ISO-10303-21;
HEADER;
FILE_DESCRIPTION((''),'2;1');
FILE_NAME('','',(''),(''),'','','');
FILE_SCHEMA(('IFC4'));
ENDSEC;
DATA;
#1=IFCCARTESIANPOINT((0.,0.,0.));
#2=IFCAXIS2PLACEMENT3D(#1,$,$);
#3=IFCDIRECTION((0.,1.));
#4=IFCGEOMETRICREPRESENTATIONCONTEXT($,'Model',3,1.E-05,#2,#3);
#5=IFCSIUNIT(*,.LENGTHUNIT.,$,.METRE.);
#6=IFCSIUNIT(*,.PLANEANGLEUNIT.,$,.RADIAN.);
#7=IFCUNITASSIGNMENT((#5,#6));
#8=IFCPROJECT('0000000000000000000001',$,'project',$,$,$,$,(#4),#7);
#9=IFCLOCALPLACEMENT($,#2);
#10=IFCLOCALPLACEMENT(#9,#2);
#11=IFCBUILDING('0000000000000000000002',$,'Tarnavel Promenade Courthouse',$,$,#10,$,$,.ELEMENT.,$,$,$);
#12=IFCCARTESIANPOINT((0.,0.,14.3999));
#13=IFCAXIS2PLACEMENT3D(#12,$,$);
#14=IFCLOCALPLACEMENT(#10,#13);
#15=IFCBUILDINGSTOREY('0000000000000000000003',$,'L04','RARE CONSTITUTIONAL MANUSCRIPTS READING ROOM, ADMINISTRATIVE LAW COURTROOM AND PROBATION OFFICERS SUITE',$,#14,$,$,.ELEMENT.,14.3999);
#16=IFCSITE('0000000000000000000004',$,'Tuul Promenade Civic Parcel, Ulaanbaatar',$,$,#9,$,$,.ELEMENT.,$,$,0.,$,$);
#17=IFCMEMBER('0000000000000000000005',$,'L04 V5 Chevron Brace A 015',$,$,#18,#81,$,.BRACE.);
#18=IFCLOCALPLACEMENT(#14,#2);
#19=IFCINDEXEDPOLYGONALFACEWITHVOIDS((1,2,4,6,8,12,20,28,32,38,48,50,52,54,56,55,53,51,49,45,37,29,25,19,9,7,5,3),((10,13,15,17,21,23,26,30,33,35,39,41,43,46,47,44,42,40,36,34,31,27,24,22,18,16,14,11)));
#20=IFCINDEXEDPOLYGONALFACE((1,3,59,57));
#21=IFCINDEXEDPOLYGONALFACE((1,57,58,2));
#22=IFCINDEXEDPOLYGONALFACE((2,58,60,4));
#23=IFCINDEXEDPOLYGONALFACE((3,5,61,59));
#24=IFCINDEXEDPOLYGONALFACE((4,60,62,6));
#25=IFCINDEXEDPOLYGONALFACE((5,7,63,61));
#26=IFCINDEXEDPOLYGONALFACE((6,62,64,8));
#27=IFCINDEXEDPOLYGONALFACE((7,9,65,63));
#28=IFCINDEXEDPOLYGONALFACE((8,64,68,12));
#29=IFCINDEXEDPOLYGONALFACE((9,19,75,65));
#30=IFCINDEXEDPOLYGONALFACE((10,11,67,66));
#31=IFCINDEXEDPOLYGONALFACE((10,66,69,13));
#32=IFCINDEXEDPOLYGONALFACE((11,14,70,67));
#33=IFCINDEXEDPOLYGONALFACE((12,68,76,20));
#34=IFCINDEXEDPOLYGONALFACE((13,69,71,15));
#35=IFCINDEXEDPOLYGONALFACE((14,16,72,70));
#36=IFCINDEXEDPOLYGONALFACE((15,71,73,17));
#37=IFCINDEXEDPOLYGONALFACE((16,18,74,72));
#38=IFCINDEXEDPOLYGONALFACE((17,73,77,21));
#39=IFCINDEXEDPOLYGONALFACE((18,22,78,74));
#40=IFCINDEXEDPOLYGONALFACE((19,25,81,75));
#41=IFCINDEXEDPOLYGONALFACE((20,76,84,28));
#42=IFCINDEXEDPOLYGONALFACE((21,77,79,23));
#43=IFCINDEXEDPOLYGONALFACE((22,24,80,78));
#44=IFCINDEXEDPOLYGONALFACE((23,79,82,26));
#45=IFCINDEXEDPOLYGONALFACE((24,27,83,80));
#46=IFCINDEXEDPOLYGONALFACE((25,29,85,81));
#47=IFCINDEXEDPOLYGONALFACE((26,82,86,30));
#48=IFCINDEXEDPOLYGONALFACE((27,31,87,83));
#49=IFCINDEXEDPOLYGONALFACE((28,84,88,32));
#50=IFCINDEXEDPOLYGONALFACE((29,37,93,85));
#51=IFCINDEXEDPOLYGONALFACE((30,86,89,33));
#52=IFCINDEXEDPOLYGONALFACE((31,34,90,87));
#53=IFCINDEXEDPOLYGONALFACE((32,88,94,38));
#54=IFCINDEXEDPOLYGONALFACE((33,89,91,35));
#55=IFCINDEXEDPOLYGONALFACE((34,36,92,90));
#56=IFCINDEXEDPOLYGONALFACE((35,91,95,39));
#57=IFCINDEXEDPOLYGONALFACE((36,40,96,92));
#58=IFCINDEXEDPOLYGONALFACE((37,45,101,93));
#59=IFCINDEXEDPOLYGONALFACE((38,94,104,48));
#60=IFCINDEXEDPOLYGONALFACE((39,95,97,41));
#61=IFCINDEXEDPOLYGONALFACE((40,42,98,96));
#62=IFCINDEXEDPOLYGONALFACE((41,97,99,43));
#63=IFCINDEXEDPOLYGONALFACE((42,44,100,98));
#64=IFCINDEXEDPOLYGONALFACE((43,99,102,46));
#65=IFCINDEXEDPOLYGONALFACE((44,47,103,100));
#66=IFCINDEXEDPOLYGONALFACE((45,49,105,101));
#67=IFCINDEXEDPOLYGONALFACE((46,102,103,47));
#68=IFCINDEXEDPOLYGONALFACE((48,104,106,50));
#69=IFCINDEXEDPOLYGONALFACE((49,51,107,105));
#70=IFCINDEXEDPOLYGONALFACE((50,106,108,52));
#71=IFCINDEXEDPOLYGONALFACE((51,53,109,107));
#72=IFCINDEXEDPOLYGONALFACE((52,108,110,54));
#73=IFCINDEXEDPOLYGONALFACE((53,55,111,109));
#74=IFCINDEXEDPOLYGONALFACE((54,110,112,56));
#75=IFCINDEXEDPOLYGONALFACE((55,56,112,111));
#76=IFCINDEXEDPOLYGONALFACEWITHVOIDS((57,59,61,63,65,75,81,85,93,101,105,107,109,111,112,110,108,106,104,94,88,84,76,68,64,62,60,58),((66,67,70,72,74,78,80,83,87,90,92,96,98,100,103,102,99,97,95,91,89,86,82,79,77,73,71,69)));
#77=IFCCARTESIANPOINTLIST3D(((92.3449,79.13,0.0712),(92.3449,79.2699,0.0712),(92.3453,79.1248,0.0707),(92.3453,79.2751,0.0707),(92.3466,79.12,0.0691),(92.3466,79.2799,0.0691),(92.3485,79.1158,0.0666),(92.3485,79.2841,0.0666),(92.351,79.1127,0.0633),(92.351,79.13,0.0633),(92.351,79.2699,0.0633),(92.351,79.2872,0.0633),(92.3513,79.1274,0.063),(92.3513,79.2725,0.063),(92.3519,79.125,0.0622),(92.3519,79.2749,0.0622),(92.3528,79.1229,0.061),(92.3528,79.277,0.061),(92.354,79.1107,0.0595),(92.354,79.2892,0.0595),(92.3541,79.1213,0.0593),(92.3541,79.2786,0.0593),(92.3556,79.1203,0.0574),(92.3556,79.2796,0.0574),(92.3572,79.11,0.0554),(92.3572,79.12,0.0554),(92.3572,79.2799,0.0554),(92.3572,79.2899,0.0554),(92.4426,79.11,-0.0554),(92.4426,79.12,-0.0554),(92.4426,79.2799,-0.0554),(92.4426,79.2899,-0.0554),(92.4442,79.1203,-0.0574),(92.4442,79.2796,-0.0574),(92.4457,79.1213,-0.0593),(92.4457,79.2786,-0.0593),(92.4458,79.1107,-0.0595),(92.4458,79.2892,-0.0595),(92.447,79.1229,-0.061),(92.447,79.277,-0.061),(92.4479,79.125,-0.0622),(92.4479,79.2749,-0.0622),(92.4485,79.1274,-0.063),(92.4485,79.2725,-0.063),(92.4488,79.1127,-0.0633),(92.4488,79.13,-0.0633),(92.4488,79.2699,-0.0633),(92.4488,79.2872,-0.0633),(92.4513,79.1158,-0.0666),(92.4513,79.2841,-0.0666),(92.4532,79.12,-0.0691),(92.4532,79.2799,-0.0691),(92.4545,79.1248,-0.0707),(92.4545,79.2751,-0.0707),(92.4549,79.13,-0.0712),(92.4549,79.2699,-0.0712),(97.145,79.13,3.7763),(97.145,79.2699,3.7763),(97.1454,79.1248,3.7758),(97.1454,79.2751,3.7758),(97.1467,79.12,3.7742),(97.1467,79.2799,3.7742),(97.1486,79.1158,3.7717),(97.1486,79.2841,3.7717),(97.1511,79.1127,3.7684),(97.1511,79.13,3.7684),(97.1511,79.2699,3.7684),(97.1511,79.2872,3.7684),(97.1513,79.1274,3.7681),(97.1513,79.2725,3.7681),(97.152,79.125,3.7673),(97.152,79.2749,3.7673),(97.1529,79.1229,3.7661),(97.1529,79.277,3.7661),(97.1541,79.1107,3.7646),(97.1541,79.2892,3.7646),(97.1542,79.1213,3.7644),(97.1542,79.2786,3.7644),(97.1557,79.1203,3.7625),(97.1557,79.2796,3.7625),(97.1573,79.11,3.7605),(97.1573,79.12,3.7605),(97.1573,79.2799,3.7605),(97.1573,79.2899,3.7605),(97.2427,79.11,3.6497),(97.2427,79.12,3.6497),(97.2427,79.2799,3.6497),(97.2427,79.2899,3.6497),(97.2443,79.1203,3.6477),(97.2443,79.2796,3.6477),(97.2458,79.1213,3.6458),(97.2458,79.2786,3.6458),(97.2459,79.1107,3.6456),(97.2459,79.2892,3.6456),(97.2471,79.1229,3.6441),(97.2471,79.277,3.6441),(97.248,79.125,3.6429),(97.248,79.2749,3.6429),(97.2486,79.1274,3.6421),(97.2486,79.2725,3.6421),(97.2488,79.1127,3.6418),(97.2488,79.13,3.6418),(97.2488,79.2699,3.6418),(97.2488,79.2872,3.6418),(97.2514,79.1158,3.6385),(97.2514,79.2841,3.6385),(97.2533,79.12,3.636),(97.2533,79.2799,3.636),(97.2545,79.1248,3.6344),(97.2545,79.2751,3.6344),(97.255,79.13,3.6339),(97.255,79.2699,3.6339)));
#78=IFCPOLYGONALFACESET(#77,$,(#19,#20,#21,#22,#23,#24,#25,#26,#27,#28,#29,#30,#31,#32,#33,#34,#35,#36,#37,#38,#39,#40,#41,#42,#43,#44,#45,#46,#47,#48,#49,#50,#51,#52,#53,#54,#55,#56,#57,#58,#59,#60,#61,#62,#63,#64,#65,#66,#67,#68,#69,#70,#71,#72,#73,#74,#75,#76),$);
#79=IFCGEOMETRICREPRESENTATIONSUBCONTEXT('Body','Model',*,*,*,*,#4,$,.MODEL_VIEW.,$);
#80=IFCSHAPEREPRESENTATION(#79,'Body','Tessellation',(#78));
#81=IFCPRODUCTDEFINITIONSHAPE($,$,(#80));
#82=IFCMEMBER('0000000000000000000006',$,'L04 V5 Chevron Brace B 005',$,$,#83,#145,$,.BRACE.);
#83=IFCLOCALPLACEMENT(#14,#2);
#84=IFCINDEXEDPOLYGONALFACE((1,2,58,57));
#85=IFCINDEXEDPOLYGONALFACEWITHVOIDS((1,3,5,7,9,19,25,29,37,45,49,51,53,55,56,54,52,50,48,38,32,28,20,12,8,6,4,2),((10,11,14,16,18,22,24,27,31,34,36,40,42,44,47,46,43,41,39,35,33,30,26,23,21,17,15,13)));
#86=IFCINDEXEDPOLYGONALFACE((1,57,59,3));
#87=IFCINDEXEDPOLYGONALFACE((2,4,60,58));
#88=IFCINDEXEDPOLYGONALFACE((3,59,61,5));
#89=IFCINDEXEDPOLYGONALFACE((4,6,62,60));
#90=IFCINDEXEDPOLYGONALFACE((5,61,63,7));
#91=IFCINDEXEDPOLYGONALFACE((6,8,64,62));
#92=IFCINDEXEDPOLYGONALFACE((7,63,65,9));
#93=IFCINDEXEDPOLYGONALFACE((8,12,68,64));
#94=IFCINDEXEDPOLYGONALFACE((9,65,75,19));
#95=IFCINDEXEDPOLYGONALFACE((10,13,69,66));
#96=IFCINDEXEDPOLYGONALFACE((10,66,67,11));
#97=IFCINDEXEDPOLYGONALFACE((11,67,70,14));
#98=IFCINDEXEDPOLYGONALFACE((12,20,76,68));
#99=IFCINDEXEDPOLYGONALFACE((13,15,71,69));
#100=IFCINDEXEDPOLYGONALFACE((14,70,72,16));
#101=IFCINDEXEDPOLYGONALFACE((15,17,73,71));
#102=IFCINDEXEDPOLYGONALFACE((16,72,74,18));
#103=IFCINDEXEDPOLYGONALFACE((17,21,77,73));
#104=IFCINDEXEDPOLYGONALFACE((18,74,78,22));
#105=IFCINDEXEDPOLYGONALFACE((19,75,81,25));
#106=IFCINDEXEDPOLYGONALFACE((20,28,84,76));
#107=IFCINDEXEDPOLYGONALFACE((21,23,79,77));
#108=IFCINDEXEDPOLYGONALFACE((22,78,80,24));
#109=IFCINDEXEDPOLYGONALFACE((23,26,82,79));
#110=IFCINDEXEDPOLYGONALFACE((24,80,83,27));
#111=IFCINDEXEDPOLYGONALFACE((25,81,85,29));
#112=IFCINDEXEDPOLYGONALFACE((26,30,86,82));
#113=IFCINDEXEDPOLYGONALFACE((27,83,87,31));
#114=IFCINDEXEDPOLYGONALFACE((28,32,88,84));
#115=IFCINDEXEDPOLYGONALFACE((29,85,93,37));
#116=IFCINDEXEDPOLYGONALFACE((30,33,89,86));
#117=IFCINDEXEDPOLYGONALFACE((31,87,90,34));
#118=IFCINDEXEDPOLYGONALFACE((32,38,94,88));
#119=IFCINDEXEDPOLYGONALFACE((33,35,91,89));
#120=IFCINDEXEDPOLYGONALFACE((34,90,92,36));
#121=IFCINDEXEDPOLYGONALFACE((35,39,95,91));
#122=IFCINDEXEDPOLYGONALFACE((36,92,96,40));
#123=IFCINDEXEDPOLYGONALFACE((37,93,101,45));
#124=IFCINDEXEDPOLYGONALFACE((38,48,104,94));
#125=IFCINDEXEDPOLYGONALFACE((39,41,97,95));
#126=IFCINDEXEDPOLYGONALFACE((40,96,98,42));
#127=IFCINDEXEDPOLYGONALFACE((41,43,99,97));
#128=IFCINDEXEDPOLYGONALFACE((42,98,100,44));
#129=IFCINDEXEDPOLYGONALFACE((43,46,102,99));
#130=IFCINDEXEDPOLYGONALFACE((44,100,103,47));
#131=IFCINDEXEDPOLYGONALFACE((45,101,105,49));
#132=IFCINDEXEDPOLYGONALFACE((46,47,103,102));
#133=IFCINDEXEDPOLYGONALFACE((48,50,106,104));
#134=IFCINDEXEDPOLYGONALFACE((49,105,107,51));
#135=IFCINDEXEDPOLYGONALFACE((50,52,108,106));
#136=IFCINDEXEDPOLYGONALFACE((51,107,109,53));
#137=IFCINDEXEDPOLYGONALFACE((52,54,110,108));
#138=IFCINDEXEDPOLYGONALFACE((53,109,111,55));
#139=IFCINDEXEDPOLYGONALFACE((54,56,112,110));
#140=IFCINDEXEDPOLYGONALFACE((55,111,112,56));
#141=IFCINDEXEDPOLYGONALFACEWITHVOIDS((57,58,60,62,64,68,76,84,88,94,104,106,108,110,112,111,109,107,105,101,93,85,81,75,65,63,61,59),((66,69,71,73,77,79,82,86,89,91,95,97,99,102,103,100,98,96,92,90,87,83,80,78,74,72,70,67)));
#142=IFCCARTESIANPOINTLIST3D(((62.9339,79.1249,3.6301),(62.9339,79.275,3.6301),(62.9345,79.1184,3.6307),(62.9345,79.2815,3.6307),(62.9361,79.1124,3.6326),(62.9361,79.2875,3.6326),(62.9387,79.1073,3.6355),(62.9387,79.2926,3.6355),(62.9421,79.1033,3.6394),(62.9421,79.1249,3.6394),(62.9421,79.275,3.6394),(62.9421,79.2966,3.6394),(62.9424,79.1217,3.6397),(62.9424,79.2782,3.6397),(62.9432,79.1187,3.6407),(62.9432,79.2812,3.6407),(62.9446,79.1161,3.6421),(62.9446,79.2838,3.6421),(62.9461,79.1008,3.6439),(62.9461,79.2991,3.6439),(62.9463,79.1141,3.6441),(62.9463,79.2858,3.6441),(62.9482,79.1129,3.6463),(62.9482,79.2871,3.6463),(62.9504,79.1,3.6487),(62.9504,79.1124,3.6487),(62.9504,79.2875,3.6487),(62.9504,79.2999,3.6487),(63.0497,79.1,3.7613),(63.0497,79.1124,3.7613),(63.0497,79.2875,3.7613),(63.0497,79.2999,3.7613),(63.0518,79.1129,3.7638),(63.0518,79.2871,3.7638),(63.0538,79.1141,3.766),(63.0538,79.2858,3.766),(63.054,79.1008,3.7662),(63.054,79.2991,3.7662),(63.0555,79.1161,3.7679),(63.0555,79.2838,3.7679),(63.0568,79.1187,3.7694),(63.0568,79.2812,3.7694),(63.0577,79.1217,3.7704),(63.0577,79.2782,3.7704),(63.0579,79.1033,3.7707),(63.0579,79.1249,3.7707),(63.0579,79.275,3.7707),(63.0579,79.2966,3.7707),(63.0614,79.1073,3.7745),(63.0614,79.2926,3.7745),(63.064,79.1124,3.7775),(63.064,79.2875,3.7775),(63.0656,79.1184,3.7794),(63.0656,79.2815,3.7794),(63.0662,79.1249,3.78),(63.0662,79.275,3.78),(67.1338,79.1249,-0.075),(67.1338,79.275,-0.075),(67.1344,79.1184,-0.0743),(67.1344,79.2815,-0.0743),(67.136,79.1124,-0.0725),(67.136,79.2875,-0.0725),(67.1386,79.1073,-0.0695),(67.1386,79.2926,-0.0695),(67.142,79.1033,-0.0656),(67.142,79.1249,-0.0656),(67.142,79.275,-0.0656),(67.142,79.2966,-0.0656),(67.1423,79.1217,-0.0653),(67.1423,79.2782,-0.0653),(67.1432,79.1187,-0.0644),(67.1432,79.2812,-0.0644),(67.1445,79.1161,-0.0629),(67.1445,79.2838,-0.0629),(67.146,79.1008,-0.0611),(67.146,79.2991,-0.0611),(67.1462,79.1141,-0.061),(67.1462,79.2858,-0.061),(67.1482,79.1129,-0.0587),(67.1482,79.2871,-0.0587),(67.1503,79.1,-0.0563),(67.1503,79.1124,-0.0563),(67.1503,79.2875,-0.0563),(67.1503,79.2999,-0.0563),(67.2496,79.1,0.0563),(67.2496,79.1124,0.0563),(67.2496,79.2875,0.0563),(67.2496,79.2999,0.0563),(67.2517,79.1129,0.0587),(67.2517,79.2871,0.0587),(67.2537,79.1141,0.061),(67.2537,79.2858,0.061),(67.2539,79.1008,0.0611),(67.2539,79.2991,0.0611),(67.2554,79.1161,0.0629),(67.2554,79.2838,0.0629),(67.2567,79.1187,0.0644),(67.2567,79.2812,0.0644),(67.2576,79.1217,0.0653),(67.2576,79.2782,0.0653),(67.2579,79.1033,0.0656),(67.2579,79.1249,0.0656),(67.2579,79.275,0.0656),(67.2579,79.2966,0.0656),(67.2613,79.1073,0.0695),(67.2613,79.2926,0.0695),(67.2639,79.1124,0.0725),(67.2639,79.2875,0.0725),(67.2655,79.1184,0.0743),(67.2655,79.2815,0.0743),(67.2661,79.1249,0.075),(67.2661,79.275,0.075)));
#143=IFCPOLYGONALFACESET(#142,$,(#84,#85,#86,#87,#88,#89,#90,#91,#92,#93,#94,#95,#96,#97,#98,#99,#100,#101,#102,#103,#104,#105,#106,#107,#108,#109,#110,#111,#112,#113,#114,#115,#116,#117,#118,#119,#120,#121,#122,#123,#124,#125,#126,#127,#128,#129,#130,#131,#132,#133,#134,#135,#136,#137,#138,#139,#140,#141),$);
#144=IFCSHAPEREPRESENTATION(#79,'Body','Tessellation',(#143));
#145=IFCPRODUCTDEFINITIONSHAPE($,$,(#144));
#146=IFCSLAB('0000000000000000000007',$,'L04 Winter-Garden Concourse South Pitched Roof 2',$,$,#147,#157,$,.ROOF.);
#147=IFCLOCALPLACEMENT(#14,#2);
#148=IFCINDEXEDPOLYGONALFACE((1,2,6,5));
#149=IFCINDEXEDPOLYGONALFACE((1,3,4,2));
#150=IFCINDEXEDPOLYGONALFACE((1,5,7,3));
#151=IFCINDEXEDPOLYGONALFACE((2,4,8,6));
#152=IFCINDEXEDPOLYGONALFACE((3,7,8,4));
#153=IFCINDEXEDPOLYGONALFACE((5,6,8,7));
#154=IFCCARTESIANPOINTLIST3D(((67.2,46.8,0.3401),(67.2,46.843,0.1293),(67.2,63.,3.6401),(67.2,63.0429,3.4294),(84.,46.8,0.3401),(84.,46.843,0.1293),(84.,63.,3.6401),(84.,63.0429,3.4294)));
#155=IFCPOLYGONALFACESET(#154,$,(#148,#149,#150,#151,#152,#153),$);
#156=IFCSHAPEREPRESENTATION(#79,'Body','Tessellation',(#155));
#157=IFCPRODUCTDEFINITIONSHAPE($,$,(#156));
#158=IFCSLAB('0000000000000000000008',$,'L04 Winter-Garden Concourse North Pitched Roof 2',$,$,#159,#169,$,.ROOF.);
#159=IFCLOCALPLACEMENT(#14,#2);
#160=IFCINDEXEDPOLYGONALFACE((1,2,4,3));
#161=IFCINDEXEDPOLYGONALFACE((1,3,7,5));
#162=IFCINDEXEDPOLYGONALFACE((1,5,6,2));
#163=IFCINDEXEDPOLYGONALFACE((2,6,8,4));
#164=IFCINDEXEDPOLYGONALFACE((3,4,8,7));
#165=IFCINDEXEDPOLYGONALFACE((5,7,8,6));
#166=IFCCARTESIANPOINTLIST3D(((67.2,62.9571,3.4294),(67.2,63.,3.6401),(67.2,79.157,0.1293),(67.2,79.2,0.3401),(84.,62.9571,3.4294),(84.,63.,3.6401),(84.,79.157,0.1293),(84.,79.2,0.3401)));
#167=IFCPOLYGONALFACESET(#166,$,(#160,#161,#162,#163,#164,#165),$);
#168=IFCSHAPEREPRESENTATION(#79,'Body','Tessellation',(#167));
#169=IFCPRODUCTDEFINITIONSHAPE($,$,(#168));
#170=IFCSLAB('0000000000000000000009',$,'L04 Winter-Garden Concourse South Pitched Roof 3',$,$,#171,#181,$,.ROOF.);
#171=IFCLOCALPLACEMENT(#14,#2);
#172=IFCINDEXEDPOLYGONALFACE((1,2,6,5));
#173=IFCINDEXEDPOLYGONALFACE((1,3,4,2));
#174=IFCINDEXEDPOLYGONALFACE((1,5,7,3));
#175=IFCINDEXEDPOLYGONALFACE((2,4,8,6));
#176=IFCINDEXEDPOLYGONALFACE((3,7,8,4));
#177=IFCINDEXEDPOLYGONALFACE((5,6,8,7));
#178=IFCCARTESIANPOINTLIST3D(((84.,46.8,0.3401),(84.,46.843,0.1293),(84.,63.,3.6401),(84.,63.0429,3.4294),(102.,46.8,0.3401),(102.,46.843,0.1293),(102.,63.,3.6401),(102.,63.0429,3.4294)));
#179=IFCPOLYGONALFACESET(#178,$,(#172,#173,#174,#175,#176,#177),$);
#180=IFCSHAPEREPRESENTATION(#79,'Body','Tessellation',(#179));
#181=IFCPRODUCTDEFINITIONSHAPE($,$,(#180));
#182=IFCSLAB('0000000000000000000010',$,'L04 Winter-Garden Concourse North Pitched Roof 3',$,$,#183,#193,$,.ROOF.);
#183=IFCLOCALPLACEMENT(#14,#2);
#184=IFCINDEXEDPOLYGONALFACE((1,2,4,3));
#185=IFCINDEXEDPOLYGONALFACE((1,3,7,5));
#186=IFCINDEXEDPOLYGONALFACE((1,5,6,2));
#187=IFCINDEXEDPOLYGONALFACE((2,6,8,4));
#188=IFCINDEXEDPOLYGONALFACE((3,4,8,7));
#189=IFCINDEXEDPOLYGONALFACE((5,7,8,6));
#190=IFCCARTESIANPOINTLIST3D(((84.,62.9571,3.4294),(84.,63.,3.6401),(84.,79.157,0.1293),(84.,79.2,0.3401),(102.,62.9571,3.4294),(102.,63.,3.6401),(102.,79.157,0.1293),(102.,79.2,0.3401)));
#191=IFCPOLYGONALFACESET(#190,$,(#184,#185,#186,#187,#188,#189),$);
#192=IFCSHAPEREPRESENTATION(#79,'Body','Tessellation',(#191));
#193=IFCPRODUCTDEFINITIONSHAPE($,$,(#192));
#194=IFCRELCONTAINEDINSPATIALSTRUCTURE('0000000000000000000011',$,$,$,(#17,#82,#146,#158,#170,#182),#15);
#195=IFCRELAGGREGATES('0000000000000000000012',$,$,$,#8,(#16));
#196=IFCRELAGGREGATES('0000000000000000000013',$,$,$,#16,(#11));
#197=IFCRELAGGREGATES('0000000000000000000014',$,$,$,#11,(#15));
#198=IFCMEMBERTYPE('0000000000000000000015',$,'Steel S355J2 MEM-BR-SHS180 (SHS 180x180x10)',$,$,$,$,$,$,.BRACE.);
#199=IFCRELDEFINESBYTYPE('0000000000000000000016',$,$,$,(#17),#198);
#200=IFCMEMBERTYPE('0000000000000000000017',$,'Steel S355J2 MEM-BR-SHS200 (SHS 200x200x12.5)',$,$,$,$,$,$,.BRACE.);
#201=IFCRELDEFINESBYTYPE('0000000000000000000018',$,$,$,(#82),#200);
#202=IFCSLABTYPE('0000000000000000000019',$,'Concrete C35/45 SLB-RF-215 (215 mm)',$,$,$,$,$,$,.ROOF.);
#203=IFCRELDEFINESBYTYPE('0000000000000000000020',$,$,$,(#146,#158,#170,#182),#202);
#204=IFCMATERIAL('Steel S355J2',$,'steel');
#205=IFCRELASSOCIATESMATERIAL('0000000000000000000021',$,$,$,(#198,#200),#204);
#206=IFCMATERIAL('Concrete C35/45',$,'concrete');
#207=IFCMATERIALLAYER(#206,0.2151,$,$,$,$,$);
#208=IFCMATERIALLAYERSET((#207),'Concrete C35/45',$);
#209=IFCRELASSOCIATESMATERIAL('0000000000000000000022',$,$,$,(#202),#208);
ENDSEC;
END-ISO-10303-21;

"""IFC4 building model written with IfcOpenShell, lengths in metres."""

from ifc_helpers import new_model, si_unit, direction, frame, origin, origin_2d, place, context, subcontext, project, spatial, polyline, hollow_rectangle, outline, extrude, material, layer, layer_set, material_profile, profile_set, type_object, element, save


model = new_model("IFC4")

# Units and contexts
model_context = context("Model", 3, precision=1e-05, world=origin(), true_north=direction((0.0, 1.0)))
body_context = subcontext(model_context, "Body", "Model", "MODEL_VIEW")
ifc_project = project(units=[si_unit("LENGTHUNIT", "METRE"), si_unit("PLANEANGLEUNIT", "RADIAN")], contexts=[model_context])

# Site, building, storey
site_placement = place(None, origin())
site = spatial("IfcSite", under=ifc_project, at=site_placement, Name="Tuul Promenade Civic Parcel, Ulaanbaatar", CompositionType="ELEMENT", RefElevation=0.0)
building_placement = place(site_placement, origin())
building = spatial("IfcBuilding", under=site, at=building_placement, Name="Tarnavel Promenade Courthouse", CompositionType="ELEMENT")
storey_placement = place(building_placement, frame((0.0, 0.0, 14.3999)))
storey = spatial("IfcBuildingStorey", under=building, at=storey_placement, Name="L04", Description="RARE CONSTITUTIONAL MANUSCRIPTS READING ROOM, ADMINISTRATIVE LAW COURTROOM AND PROBATION OFFICERS SUITE", CompositionType="ELEMENT", Elevation=14.3999)

# Members
ifc_material_1 = material(Name="Steel S355J2", Category="steel")
ifc_material_profile_1 = material_profile(ifc_material_1, hollow_rectangle(XDim=0.1799, YDim=0.1799, WallThickness=0.01, InnerFilletRadius=0.01, OuterFilletRadius=0.02, at=origin_2d()), Name="SHS 180x180x10")
ifc_profile_set_1 = profile_set([ifc_material_profile_1], Name="Steel S355J2")
member_type_1 = type_object("IfcMemberType", Name="Steel S355J2 MEM-BR-SHS180 (SHS 180x180x10)", PredefinedType="BRACE", material=ifc_profile_set_1)
member_1_placement = place(storey_placement, frame((92.3999, 79.2, 0.0), z_axis=(0.791608, 0.0, 0.611029), x_axis=(0.0, 1.0, 0.0)))
element("IfcMember", 1, at=member_1_placement, inside=storey, type_object=member_type_1, Name="L04 V5 Chevron Brace A 015", PredefinedType="BRACE", context=body_context, shape_type="SweptSolid", body=[
    extrude(hollow_rectangle(XDim=0.1799, YDim=0.1799, WallThickness=0.01, InnerFilletRadius=0.01, OuterFilletRadius=0.02, at=origin_2d()), origin(), (0.0, 0.0, 1.0), 6.0637),
])
ifc_material_profile_2 = material_profile(ifc_material_1, hollow_rectangle(XDim=0.2, YDim=0.2, WallThickness=0.0125, InnerFilletRadius=0.0125, OuterFilletRadius=0.0249, at=origin_2d()), Name="SHS 200x200x12.5")
ifc_profile_set_2 = profile_set([ifc_material_profile_2], Name="Steel S355J2")
member_type_2 = type_object("IfcMemberType", Name="Steel S355J2 MEM-BR-SHS200 (SHS 200x200x12.5)", PredefinedType="BRACE", material=ifc_profile_set_2)
member_2_placement = place(storey_placement, frame((67.2, 79.2, 0.0), z_axis=(-0.749905, 0.0, 0.661545), x_axis=(0.0, -1.0, 0.0)))
element("IfcMember", 2, at=member_2_placement, inside=storey, type_object=member_type_2, Name="L04 V5 Chevron Brace B 005", PredefinedType="BRACE", context=body_context, shape_type="SweptSolid", body=[
    extrude(hollow_rectangle(XDim=0.2, YDim=0.2, WallThickness=0.0125, InnerFilletRadius=0.0125, OuterFilletRadius=0.0249, at=origin_2d()), origin(), (0.0, 0.0, 1.0), 5.6006),
])

# Slabs
ifc_material_2 = material(Name="Concrete C35/45", Category="concrete")
ifc_layer_1 = layer(ifc_material_2, 0.2151)
ifc_layer_set_1 = layer_set([ifc_layer_1], Name="Concrete C35/45")
slab_type = type_object("IfcSlabType", Name="Concrete C35/45 SLB-RF-215 (215 mm)", PredefinedType="ROOF", material=ifc_layer_set_1)
for number, where, z_axis, x_axis, name in (
    (3, (67.2, 46.8, 0.3401), (0.0, -0.199608, 0.979876), (1.0, 0.0, 0.0), "L04 Winter-Garden Concourse South Pitched Roof 2"),
    (4, (67.2, 63.0, 3.6401), (0.0, 0.199608, 0.979876), (1.0, 0.0, 0.0), "L04 Winter-Garden Concourse North Pitched Roof 2"),
):
    element("IfcSlab", number, at=place(storey_placement, frame(where, z_axis=z_axis, x_axis=x_axis)), inside=storey, type_object=slab_type, Name=name, PredefinedType="ROOF", context=body_context, shape_type="SweptSolid", body=[
        extrude(outline(polyline([(0.0, 0.0), (16.8, 0.0), (16.8, 16.5327), (0.0, 16.5327), (0.0, 0.0)])), origin(), (0.0, 0.0, -1.0), 0.2151),
    ])
for number, where, z_axis, x_axis, name in (
    (5, (84.0, 46.8, 0.3401), (0.0, -0.199608, 0.979876), (1.0, 0.0, 0.0), "L04 Winter-Garden Concourse South Pitched Roof 3"),
    (6, (84.0, 63.0, 3.6401), (0.0, 0.199608, 0.979876), (1.0, 0.0, 0.0), "L04 Winter-Garden Concourse North Pitched Roof 3"),
):
    element("IfcSlab", number, at=place(storey_placement, frame(where, z_axis=z_axis, x_axis=x_axis)), inside=storey, type_object=slab_type, Name=name, PredefinedType="ROOF", context=body_context, shape_type="SweptSolid", body=[
        extrude(outline(polyline([(0.0, 0.0), (18.0, 0.0), (18.0, 16.5327), (0.0, 16.5327), (0.0, 0.0)])), origin(), (0.0, 0.0, -1.0), 0.2151),
    ])

save(model, "model.ifc")
